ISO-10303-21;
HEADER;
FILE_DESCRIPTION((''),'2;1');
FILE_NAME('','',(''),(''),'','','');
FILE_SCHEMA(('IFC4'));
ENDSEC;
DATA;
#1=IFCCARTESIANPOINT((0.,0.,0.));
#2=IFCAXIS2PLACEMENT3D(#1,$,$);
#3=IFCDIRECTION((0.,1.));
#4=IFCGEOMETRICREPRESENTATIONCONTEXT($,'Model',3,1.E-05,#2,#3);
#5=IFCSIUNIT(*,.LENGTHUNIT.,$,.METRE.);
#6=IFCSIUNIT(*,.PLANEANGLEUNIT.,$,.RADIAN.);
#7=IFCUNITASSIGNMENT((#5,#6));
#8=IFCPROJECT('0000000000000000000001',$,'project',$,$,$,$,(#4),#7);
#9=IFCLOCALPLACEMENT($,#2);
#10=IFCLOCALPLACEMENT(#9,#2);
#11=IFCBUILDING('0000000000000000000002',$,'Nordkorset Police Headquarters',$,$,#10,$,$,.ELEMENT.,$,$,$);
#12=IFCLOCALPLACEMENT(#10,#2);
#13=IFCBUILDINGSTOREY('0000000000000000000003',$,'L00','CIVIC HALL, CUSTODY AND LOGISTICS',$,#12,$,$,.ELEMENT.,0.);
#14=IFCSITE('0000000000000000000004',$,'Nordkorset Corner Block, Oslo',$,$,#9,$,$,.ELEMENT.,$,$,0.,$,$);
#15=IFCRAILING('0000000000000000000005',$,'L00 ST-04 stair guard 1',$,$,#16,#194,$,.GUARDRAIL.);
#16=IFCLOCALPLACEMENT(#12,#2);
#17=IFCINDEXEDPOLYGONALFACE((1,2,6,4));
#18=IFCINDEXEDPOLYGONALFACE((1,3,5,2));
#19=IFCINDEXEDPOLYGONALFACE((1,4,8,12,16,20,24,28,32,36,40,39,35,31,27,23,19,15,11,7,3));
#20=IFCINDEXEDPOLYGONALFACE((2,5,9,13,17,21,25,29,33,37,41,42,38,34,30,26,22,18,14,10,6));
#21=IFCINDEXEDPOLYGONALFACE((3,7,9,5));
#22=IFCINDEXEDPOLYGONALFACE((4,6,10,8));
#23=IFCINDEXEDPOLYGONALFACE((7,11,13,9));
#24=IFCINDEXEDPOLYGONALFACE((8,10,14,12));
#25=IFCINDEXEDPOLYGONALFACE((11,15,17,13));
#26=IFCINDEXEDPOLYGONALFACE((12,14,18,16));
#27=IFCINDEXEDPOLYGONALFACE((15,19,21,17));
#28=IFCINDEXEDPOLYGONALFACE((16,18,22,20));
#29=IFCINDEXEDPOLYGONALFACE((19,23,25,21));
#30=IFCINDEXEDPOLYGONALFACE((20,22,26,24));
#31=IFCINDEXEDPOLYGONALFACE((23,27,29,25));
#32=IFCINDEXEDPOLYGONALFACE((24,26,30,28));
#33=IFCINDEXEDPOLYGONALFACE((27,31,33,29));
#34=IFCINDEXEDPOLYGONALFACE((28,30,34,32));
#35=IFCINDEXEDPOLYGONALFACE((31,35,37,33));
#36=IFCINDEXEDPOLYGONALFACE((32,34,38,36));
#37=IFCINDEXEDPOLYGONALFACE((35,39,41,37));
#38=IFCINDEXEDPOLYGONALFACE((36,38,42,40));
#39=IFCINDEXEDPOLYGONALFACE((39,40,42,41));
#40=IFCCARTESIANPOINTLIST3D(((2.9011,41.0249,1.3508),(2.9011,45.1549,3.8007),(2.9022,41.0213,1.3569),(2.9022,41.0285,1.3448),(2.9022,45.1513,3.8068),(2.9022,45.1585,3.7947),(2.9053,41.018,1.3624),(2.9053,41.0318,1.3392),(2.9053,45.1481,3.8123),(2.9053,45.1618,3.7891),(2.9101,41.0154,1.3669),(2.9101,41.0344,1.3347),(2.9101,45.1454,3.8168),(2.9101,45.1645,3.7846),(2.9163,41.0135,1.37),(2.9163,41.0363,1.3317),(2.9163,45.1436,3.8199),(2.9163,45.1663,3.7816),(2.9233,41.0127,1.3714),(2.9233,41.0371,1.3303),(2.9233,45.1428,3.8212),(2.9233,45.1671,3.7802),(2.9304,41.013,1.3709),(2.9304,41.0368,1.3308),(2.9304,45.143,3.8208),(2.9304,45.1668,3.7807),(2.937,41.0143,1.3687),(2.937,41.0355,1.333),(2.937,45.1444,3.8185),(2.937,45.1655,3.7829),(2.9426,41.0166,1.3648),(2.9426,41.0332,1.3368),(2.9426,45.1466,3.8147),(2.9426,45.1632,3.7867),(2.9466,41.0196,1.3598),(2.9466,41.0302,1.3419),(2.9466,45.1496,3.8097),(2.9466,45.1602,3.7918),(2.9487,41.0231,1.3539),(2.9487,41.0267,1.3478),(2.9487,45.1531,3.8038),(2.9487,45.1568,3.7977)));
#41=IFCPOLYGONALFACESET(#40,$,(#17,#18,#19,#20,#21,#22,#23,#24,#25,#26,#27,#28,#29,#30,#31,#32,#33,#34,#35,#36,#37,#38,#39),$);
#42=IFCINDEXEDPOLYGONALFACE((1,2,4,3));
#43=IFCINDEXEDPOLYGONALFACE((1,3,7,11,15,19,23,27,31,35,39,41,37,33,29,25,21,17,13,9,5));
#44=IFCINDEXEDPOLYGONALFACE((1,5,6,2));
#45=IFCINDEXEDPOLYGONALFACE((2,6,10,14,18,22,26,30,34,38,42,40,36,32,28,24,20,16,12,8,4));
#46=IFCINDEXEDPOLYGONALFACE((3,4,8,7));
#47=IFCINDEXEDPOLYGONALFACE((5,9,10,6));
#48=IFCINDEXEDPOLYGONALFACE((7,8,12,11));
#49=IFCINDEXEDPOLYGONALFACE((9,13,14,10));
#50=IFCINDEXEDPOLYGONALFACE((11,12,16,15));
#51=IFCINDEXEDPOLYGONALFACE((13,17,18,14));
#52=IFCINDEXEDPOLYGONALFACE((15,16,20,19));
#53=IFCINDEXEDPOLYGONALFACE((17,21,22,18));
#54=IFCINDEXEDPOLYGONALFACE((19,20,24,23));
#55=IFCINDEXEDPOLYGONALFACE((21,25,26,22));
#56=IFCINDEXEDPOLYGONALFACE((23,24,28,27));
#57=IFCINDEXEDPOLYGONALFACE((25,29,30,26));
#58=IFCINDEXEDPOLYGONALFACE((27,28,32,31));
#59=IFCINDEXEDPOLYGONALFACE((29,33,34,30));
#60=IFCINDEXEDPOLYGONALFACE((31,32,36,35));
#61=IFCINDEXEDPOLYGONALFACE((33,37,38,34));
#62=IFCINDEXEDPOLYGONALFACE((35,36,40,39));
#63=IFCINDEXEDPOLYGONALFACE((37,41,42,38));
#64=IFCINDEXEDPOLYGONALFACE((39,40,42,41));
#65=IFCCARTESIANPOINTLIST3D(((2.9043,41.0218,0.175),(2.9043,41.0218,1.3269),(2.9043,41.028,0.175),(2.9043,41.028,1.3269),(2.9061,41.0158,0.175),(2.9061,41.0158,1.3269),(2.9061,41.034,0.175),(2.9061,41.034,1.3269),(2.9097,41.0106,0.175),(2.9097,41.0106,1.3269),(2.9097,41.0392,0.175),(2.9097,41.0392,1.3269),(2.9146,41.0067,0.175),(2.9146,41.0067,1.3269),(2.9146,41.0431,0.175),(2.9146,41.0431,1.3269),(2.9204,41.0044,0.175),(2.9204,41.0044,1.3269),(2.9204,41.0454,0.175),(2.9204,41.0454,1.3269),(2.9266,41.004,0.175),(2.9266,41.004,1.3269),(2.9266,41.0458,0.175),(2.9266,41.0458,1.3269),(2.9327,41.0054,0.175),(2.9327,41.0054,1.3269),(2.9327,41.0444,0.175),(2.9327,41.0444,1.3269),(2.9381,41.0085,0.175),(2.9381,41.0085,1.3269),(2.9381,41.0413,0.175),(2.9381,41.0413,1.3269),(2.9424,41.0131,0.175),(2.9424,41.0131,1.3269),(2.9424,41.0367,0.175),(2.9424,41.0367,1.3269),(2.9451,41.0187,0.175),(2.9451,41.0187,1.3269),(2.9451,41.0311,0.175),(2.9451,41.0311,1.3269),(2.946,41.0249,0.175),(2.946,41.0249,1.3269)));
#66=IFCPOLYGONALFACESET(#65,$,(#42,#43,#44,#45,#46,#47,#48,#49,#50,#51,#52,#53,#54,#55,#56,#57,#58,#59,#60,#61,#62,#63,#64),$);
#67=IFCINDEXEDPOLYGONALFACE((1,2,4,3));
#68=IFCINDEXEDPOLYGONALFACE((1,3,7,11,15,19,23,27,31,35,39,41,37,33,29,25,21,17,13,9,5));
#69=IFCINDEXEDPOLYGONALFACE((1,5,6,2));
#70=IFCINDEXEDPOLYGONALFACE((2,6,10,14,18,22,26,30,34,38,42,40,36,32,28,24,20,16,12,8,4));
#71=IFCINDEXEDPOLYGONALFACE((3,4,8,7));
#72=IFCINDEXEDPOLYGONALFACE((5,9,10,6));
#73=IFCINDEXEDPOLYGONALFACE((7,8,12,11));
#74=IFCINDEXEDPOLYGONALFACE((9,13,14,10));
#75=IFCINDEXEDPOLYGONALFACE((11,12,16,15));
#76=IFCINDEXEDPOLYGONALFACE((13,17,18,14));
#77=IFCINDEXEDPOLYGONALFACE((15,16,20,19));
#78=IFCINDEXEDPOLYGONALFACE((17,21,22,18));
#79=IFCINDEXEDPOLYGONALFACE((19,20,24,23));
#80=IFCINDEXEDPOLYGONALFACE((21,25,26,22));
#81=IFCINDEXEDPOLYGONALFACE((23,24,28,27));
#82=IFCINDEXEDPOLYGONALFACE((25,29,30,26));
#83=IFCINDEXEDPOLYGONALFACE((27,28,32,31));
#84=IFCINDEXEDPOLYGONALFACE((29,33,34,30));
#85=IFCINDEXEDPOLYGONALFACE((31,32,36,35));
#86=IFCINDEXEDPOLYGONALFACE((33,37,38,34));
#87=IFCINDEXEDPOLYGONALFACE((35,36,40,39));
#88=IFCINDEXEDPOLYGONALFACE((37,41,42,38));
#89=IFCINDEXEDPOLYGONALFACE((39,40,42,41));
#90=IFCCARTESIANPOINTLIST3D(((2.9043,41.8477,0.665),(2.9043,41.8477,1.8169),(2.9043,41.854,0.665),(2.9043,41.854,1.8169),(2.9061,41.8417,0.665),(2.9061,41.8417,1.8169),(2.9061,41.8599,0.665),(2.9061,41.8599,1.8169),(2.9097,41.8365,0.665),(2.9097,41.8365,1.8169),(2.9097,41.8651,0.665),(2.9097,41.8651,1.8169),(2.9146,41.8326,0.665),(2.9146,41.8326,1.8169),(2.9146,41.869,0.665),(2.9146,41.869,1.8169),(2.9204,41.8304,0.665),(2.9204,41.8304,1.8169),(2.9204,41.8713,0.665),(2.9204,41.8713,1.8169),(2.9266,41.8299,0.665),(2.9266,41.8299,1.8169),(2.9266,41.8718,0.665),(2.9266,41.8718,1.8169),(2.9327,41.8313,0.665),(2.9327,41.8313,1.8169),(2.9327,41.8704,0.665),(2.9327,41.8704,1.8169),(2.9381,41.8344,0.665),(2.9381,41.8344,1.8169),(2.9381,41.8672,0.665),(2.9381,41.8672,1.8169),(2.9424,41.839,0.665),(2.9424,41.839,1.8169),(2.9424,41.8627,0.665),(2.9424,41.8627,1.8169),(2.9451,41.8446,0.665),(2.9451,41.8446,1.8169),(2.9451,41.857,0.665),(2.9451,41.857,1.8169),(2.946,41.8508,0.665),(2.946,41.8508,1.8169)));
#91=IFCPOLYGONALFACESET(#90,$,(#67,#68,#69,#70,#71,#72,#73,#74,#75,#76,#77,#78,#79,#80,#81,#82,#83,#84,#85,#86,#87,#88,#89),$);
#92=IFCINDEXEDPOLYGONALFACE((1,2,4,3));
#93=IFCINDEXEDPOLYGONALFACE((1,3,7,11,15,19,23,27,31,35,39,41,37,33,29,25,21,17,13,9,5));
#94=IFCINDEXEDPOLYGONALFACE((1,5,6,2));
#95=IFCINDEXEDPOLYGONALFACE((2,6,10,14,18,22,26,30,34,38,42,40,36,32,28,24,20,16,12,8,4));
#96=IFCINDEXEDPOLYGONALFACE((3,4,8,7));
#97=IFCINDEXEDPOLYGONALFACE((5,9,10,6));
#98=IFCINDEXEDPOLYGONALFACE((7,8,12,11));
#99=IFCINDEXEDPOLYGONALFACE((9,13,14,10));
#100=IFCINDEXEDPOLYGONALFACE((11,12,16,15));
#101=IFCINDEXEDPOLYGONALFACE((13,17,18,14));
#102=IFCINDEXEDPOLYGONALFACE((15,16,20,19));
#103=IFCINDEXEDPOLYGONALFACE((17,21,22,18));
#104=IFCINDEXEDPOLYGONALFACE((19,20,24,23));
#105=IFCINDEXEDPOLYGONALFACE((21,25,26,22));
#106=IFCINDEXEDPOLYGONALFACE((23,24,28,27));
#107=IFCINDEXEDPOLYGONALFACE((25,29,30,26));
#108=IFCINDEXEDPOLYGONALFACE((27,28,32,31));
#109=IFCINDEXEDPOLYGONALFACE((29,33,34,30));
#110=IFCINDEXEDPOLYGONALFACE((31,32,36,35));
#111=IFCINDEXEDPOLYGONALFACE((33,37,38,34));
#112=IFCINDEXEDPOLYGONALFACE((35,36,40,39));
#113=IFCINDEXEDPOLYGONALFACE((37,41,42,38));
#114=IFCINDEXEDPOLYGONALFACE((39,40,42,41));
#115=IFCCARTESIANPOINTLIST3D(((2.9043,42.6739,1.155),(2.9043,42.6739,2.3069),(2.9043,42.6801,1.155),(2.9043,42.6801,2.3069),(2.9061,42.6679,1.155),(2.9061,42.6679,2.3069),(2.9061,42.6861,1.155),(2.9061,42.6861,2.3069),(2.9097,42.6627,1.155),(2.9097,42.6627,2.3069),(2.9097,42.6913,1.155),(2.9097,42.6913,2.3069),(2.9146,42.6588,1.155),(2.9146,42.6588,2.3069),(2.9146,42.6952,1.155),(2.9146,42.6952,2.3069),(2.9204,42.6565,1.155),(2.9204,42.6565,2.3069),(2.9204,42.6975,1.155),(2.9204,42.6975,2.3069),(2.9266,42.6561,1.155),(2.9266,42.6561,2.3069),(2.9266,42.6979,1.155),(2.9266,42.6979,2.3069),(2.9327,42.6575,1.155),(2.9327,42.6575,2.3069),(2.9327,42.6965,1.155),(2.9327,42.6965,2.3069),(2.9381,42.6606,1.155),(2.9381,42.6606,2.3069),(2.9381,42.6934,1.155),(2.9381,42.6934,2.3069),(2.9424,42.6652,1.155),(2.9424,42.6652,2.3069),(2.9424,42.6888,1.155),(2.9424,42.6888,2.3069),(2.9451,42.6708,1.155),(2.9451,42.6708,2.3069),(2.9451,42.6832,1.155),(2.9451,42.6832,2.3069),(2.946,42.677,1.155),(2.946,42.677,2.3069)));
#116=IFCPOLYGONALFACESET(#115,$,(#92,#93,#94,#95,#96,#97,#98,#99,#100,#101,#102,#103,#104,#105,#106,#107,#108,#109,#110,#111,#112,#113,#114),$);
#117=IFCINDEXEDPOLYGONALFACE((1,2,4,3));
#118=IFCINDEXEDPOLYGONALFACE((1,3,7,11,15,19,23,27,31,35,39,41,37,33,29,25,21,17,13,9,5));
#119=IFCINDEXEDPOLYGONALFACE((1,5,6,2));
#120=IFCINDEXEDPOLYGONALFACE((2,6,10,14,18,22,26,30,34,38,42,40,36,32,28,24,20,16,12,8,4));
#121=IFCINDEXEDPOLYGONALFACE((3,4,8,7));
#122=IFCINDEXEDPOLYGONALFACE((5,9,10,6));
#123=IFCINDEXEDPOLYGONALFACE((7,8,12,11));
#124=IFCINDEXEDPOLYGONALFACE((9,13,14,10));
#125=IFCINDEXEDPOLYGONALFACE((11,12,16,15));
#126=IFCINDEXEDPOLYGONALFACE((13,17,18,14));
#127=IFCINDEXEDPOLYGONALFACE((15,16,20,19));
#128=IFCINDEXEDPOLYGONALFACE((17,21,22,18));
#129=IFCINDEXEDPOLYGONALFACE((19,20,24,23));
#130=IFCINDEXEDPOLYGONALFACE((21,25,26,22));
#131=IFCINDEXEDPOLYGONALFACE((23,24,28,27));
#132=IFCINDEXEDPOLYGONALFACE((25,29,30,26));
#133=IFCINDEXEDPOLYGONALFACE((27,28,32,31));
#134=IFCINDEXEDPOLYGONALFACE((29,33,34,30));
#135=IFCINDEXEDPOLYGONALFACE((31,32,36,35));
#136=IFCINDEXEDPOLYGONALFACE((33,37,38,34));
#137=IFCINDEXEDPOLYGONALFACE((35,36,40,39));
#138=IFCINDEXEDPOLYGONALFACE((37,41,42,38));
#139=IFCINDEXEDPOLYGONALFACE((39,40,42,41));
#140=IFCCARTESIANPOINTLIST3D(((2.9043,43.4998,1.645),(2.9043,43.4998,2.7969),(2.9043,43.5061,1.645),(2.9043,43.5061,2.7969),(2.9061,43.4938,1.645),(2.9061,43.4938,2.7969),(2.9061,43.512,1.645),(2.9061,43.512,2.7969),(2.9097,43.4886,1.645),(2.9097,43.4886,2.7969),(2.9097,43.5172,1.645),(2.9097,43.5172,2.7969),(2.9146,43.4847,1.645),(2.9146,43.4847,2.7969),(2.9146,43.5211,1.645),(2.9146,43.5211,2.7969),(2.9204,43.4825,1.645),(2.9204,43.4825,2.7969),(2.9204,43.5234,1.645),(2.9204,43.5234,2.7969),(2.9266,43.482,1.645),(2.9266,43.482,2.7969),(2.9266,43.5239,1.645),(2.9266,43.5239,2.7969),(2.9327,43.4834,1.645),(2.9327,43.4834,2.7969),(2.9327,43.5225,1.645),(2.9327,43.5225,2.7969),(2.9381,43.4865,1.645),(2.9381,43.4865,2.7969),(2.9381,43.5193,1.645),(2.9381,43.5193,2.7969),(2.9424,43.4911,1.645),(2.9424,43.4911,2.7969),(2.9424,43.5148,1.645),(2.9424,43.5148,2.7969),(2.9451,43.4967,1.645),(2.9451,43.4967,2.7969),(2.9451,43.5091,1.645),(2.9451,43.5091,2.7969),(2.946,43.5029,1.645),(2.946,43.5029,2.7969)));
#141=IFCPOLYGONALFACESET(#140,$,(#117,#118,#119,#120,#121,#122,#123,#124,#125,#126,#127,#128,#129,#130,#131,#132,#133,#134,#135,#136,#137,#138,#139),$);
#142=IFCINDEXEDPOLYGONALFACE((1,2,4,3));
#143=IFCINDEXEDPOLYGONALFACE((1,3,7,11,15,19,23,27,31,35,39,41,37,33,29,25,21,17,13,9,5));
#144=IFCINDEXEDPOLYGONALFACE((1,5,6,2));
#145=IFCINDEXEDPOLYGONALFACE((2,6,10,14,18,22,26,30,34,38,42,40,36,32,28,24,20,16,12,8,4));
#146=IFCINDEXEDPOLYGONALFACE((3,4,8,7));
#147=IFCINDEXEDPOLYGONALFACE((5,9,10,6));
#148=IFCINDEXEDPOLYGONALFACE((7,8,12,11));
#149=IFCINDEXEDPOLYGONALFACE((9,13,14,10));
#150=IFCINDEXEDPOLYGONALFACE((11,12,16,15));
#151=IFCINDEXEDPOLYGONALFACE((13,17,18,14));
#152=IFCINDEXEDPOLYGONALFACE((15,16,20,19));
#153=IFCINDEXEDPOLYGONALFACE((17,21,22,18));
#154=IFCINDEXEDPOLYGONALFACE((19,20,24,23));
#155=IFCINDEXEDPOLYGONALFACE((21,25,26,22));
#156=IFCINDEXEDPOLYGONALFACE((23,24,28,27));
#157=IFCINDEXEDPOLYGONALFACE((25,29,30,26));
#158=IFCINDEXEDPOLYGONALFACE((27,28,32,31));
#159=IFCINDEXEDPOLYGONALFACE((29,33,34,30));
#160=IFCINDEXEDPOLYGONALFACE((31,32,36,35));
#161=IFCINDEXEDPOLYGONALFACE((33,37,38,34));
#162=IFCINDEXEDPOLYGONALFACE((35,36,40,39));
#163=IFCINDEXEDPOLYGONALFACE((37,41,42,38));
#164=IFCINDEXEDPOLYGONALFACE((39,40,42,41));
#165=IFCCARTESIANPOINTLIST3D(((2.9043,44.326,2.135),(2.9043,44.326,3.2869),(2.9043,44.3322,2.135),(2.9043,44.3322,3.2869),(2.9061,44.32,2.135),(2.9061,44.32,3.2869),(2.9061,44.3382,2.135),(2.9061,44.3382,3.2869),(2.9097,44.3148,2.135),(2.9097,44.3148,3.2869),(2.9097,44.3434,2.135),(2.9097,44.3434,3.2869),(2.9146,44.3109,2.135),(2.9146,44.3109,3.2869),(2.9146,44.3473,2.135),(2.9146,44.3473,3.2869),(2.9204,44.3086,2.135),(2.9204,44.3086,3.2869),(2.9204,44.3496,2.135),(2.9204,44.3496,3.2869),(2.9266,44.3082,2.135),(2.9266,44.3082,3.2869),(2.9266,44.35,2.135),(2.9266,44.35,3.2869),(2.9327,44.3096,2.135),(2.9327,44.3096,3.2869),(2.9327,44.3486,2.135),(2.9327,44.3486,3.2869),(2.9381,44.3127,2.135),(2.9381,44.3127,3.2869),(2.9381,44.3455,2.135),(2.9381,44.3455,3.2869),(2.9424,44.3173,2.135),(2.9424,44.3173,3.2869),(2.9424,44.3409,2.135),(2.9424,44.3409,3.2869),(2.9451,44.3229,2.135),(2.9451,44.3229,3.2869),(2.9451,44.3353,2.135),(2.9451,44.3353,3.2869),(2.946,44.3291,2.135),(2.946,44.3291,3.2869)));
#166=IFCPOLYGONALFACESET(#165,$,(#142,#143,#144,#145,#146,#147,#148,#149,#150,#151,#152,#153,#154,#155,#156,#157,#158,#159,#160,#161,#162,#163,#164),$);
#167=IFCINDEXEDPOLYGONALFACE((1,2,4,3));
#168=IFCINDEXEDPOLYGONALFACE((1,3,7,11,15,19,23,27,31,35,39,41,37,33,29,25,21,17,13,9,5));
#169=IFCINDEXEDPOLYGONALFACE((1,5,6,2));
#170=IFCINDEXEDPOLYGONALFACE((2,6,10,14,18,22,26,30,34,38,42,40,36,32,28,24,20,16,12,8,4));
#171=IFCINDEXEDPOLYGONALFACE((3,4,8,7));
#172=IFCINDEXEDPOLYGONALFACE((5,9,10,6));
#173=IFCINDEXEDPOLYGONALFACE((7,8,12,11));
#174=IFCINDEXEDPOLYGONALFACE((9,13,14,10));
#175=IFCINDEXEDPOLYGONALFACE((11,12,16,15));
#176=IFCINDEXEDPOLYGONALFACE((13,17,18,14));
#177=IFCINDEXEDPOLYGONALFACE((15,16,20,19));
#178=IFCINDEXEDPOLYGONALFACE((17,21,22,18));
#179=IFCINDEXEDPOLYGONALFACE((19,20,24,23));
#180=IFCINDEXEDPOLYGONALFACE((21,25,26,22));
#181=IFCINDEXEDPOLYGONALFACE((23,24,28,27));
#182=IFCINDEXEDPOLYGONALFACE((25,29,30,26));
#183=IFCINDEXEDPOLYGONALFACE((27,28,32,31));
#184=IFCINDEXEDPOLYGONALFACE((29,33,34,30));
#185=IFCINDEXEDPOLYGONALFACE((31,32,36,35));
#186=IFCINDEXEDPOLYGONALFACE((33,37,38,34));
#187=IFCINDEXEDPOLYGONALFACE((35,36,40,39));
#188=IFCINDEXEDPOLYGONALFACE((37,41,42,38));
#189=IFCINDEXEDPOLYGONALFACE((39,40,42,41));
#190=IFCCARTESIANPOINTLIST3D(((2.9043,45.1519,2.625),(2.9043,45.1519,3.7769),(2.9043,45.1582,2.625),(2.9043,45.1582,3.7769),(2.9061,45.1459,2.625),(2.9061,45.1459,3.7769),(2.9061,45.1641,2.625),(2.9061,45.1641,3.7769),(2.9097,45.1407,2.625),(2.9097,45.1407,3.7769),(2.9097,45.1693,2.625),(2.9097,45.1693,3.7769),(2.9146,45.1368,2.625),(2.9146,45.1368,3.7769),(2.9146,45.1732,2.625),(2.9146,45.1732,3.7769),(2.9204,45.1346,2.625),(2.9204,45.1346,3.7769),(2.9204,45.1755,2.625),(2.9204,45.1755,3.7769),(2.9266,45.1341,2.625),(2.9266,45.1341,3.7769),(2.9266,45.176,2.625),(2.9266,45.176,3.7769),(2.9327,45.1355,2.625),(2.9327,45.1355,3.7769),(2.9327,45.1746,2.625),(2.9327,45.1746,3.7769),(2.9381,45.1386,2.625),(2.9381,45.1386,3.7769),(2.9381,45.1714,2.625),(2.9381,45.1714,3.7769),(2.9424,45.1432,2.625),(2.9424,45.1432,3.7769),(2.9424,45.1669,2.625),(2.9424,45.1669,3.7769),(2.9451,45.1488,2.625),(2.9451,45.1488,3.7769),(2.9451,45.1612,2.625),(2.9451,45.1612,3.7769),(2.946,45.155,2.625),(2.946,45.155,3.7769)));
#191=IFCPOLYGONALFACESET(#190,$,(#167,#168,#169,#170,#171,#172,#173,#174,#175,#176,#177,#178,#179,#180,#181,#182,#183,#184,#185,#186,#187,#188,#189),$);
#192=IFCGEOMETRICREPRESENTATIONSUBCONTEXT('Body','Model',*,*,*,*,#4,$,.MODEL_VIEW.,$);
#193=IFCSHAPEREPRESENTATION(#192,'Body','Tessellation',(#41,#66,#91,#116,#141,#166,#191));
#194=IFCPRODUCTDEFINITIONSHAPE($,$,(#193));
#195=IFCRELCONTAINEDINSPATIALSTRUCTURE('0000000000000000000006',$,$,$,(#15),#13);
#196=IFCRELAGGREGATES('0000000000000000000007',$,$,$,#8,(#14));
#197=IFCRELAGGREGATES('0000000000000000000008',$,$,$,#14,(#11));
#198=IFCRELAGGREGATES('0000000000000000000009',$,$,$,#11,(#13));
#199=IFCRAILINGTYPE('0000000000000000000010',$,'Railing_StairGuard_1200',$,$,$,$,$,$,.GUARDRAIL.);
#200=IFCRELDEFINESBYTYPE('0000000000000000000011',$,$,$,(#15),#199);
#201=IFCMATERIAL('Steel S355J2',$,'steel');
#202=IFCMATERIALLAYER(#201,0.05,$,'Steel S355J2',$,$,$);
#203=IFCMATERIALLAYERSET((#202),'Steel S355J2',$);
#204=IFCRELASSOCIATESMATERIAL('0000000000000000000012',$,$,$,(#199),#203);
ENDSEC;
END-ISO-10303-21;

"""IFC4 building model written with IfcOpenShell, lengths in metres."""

from ifc_helpers import new_model, si_unit, direction, frame, origin, origin_2d, place, context, subcontext, project, spatial, circle, extrude, material, layer, layer_set, type_object, element, save


model = new_model("IFC4")

# Units and contexts
model_context = context("Model", 3, precision=1e-05, world=origin(), true_north=direction((0.0, 1.0)))
body_context = subcontext(model_context, "Body", "Model", "MODEL_VIEW")
ifc_project = project(units=[si_unit("LENGTHUNIT", "METRE"), si_unit("PLANEANGLEUNIT", "RADIAN")], contexts=[model_context])

# Site, building, storey
site_placement = place(None, origin())
site = spatial("IfcSite", under=ifc_project, at=site_placement, Name="Nordkorset Corner Block, Oslo", CompositionType="ELEMENT", RefElevation=0.0)
building_placement = place(site_placement, origin())
building = spatial("IfcBuilding", under=site, at=building_placement, Name="Nordkorset Police Headquarters", CompositionType="ELEMENT")
storey_placement = place(building_placement, origin())
storey = spatial("IfcBuildingStorey", under=building, at=storey_placement, Name="L00", Description="CIVIC HALL, CUSTODY AND LOGISTICS", CompositionType="ELEMENT", Elevation=0.0)

# Railing
ifc_material_1 = material(Name="Steel S355J2", Category="steel")
ifc_layer_1 = layer(ifc_material_1, 0.05, Name="Steel S355J2")
ifc_layer_set_1 = layer_set([ifc_layer_1], Name="Steel S355J2")
railing_type_1 = type_object("IfcRailingType", Name="Railing_StairGuard_1200", PredefinedType="GUARDRAIL", material=ifc_layer_set_1)
railing_1_placement = place(storey_placement, frame((2.925, 41.0249, 0.175)))
element("IfcRailing", 1, at=railing_1_placement, inside=storey, type_object=railing_type_1, Name="L00 ST-04 stair guard 1", PredefinedType="GUARDRAIL", context=body_context, shape_type="SweptSolid", body=[
    extrude(circle(Radius=0.0239, at=origin_2d()), frame((0.0, 0.0, 1.1758), z_axis=(0.0, 0.860066, 0.510183), x_axis=(-1.0, 0.0, 0.0)), (0.0, 0.0, 1.0), 4.802),
    extrude(circle(Radius=0.021, at=origin_2d()), origin(), (0.0, 0.0, 1.0), 1.1519),
    extrude(circle(Radius=0.021, at=origin_2d()), frame((0.0, 0.8259, 0.49)), (0.0, 0.0, 1.0), 1.1519),
    extrude(circle(Radius=0.021, at=origin_2d()), frame((0.0, 1.6521, 0.98)), (0.0, 0.0, 1.0), 1.1519),
    extrude(circle(Radius=0.021, at=origin_2d()), frame((0.0, 2.478, 1.47)), (0.0, 0.0, 1.0), 1.1519),
    extrude(circle(Radius=0.021, at=origin_2d()), frame((0.0, 3.3042, 1.96)), (0.0, 0.0, 1.0), 1.1519),
    extrude(circle(Radius=0.021, at=origin_2d()), frame((0.0, 4.1301, 2.45)), (0.0, 0.0, 1.0), 1.1519),
])

save(model, "model.ifc")
